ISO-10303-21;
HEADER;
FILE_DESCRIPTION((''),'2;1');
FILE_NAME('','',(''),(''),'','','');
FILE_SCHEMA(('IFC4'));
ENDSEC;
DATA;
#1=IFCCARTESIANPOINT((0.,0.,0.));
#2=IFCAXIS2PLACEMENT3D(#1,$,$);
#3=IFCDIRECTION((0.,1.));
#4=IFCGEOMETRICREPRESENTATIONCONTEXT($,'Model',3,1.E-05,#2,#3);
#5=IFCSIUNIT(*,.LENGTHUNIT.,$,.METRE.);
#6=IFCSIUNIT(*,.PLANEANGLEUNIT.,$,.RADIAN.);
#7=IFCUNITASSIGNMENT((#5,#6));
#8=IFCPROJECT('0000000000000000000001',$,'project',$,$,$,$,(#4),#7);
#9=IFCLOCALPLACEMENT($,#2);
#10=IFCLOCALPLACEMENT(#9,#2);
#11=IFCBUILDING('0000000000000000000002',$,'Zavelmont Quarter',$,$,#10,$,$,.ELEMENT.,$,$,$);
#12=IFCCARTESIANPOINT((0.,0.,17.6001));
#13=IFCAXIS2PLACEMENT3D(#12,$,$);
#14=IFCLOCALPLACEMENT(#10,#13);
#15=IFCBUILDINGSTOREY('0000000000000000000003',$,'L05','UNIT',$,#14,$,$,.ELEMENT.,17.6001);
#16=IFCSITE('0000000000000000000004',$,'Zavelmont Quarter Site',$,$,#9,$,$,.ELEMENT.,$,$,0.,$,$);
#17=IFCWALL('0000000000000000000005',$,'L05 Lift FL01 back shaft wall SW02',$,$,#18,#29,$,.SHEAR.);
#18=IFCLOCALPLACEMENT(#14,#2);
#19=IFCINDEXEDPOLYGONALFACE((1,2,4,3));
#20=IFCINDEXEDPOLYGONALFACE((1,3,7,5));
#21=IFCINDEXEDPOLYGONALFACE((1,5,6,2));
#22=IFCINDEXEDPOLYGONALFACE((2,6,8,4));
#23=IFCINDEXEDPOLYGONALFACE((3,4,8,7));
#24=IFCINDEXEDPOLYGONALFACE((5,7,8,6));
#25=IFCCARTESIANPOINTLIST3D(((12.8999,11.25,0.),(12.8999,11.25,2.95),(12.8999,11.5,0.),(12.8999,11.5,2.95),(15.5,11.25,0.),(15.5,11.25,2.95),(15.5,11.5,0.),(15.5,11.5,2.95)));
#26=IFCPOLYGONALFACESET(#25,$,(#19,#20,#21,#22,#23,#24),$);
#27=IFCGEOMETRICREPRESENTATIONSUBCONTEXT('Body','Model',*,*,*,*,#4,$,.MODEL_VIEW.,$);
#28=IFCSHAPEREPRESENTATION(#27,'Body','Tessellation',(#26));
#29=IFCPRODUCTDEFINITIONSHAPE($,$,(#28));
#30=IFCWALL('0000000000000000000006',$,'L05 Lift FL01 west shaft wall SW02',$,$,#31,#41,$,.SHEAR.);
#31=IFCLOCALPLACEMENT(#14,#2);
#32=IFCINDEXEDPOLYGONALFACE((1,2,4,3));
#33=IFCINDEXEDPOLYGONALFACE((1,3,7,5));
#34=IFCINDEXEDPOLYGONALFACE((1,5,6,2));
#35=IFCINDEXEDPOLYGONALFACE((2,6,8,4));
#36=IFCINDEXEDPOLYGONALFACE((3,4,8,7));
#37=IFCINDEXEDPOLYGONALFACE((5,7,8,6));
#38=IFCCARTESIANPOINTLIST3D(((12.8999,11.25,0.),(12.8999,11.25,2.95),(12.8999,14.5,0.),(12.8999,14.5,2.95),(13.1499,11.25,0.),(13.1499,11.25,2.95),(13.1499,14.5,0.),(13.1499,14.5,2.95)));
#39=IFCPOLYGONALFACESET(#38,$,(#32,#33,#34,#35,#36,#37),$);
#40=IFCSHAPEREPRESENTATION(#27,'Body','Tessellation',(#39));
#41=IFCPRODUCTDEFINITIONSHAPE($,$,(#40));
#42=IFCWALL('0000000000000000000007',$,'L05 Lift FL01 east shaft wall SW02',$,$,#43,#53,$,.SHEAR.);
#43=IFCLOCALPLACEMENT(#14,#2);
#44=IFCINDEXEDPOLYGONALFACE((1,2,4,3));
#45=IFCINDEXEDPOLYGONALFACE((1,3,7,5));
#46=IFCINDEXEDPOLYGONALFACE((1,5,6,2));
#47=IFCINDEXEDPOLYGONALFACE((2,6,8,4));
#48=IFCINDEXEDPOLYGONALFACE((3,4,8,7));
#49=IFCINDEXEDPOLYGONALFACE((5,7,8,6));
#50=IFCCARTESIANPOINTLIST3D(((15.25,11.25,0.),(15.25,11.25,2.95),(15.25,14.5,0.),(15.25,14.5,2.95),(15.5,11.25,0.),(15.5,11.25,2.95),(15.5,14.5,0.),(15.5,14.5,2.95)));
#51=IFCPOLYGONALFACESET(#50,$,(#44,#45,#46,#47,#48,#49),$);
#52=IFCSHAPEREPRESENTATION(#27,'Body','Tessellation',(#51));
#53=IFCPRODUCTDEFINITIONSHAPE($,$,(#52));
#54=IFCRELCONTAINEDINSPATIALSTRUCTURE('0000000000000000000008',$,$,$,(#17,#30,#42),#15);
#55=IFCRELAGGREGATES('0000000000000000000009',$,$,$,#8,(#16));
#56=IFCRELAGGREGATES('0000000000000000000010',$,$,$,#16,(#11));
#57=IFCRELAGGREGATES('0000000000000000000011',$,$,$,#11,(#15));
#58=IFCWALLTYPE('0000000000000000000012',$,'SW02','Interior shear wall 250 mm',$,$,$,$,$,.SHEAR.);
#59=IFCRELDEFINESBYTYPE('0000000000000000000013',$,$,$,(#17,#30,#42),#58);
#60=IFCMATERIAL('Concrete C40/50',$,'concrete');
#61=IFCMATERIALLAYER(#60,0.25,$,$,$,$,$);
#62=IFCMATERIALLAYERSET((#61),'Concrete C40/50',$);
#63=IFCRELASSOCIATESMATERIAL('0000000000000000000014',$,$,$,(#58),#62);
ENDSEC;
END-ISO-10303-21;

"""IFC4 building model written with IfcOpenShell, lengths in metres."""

from ifc_helpers import new_model, si_unit, direction, frame, frame_2d, origin, place, context, subcontext, project, spatial, rectangle, extrude, material, layer, layer_set, type_object, element, save


model = new_model("IFC4")

# Units and contexts
model_context = context("Model", 3, precision=1e-05, world=origin(), true_north=direction((0.0, 1.0)))
body_context = subcontext(model_context, "Body", "Model", "MODEL_VIEW")
ifc_project = project(units=[si_unit("LENGTHUNIT", "METRE"), si_unit("PLANEANGLEUNIT", "RADIAN")], contexts=[model_context])

# Site, building, storey
site_placement = place(None, origin())
site = spatial("IfcSite", under=ifc_project, at=site_placement, Name="Zavelmont Quarter Site", CompositionType="ELEMENT", RefElevation=0.0)
building_placement = place(site_placement, origin())
building = spatial("IfcBuilding", under=site, at=building_placement, Name="Zavelmont Quarter", CompositionType="ELEMENT")
storey_placement = place(building_placement, frame((0.0, 0.0, 17.6001)))
storey = spatial("IfcBuildingStorey", under=building, at=storey_placement, Name="L05", Description="UNIT", CompositionType="ELEMENT", Elevation=17.6001)

# Shared definitions
ifc_material_1 = material(Name="Concrete C40/50", Category="concrete")

# Walls
ifc_layer_1 = layer(ifc_material_1, 0.25)
ifc_layer_set_1 = layer_set([ifc_layer_1], Name="Concrete C40/50")
wall_type_1 = type_object("IfcWallType", Name="SW02", Description="Interior shear wall 250 mm", PredefinedType="SHEAR", material=ifc_layer_set_1)
wall_1_placement = place(storey_placement, frame((12.8999, 11.375, 0.0), z_axis=(0.0, 0.0, 1.0), x_axis=(1.0, 0.0, 0.0)))
element("IfcWall", 1, at=wall_1_placement, inside=storey, type_object=wall_type_1, Name="L05 Lift FL01 back shaft wall SW02", PredefinedType="SHEAR", context=body_context, shape_type="SweptSolid", body=[
    extrude(rectangle(XDim=2.6001, YDim=0.25, at=frame_2d((1.3, 0.0))), origin(), (0.0, 0.0, 1.0), 2.95),
])
for number, where, z_axis, x_axis, name in (
    (2, (13.0249, 11.25, 0.0), (0.0, 0.0, 1.0), (0.0, 1.0, 0.0), "L05 Lift FL01 west shaft wall SW02"),
    (3, (15.375, 11.25, 0.0), (0.0, 0.0, 1.0), (0.0, 1.0, 0.0), "L05 Lift FL01 east shaft wall SW02"),
):
    element("IfcWall", number, at=place(storey_placement, frame(where, z_axis=z_axis, x_axis=x_axis)), inside=storey, type_object=wall_type_1, Name=name, PredefinedType="SHEAR", context=body_context, shape_type="SweptSolid", body=[
        extrude(rectangle(XDim=3.25, YDim=0.25, at=frame_2d((1.625, 0.0))), origin(), (0.0, 0.0, 1.0), 2.95),
    ])

save(model, "model.ifc")
